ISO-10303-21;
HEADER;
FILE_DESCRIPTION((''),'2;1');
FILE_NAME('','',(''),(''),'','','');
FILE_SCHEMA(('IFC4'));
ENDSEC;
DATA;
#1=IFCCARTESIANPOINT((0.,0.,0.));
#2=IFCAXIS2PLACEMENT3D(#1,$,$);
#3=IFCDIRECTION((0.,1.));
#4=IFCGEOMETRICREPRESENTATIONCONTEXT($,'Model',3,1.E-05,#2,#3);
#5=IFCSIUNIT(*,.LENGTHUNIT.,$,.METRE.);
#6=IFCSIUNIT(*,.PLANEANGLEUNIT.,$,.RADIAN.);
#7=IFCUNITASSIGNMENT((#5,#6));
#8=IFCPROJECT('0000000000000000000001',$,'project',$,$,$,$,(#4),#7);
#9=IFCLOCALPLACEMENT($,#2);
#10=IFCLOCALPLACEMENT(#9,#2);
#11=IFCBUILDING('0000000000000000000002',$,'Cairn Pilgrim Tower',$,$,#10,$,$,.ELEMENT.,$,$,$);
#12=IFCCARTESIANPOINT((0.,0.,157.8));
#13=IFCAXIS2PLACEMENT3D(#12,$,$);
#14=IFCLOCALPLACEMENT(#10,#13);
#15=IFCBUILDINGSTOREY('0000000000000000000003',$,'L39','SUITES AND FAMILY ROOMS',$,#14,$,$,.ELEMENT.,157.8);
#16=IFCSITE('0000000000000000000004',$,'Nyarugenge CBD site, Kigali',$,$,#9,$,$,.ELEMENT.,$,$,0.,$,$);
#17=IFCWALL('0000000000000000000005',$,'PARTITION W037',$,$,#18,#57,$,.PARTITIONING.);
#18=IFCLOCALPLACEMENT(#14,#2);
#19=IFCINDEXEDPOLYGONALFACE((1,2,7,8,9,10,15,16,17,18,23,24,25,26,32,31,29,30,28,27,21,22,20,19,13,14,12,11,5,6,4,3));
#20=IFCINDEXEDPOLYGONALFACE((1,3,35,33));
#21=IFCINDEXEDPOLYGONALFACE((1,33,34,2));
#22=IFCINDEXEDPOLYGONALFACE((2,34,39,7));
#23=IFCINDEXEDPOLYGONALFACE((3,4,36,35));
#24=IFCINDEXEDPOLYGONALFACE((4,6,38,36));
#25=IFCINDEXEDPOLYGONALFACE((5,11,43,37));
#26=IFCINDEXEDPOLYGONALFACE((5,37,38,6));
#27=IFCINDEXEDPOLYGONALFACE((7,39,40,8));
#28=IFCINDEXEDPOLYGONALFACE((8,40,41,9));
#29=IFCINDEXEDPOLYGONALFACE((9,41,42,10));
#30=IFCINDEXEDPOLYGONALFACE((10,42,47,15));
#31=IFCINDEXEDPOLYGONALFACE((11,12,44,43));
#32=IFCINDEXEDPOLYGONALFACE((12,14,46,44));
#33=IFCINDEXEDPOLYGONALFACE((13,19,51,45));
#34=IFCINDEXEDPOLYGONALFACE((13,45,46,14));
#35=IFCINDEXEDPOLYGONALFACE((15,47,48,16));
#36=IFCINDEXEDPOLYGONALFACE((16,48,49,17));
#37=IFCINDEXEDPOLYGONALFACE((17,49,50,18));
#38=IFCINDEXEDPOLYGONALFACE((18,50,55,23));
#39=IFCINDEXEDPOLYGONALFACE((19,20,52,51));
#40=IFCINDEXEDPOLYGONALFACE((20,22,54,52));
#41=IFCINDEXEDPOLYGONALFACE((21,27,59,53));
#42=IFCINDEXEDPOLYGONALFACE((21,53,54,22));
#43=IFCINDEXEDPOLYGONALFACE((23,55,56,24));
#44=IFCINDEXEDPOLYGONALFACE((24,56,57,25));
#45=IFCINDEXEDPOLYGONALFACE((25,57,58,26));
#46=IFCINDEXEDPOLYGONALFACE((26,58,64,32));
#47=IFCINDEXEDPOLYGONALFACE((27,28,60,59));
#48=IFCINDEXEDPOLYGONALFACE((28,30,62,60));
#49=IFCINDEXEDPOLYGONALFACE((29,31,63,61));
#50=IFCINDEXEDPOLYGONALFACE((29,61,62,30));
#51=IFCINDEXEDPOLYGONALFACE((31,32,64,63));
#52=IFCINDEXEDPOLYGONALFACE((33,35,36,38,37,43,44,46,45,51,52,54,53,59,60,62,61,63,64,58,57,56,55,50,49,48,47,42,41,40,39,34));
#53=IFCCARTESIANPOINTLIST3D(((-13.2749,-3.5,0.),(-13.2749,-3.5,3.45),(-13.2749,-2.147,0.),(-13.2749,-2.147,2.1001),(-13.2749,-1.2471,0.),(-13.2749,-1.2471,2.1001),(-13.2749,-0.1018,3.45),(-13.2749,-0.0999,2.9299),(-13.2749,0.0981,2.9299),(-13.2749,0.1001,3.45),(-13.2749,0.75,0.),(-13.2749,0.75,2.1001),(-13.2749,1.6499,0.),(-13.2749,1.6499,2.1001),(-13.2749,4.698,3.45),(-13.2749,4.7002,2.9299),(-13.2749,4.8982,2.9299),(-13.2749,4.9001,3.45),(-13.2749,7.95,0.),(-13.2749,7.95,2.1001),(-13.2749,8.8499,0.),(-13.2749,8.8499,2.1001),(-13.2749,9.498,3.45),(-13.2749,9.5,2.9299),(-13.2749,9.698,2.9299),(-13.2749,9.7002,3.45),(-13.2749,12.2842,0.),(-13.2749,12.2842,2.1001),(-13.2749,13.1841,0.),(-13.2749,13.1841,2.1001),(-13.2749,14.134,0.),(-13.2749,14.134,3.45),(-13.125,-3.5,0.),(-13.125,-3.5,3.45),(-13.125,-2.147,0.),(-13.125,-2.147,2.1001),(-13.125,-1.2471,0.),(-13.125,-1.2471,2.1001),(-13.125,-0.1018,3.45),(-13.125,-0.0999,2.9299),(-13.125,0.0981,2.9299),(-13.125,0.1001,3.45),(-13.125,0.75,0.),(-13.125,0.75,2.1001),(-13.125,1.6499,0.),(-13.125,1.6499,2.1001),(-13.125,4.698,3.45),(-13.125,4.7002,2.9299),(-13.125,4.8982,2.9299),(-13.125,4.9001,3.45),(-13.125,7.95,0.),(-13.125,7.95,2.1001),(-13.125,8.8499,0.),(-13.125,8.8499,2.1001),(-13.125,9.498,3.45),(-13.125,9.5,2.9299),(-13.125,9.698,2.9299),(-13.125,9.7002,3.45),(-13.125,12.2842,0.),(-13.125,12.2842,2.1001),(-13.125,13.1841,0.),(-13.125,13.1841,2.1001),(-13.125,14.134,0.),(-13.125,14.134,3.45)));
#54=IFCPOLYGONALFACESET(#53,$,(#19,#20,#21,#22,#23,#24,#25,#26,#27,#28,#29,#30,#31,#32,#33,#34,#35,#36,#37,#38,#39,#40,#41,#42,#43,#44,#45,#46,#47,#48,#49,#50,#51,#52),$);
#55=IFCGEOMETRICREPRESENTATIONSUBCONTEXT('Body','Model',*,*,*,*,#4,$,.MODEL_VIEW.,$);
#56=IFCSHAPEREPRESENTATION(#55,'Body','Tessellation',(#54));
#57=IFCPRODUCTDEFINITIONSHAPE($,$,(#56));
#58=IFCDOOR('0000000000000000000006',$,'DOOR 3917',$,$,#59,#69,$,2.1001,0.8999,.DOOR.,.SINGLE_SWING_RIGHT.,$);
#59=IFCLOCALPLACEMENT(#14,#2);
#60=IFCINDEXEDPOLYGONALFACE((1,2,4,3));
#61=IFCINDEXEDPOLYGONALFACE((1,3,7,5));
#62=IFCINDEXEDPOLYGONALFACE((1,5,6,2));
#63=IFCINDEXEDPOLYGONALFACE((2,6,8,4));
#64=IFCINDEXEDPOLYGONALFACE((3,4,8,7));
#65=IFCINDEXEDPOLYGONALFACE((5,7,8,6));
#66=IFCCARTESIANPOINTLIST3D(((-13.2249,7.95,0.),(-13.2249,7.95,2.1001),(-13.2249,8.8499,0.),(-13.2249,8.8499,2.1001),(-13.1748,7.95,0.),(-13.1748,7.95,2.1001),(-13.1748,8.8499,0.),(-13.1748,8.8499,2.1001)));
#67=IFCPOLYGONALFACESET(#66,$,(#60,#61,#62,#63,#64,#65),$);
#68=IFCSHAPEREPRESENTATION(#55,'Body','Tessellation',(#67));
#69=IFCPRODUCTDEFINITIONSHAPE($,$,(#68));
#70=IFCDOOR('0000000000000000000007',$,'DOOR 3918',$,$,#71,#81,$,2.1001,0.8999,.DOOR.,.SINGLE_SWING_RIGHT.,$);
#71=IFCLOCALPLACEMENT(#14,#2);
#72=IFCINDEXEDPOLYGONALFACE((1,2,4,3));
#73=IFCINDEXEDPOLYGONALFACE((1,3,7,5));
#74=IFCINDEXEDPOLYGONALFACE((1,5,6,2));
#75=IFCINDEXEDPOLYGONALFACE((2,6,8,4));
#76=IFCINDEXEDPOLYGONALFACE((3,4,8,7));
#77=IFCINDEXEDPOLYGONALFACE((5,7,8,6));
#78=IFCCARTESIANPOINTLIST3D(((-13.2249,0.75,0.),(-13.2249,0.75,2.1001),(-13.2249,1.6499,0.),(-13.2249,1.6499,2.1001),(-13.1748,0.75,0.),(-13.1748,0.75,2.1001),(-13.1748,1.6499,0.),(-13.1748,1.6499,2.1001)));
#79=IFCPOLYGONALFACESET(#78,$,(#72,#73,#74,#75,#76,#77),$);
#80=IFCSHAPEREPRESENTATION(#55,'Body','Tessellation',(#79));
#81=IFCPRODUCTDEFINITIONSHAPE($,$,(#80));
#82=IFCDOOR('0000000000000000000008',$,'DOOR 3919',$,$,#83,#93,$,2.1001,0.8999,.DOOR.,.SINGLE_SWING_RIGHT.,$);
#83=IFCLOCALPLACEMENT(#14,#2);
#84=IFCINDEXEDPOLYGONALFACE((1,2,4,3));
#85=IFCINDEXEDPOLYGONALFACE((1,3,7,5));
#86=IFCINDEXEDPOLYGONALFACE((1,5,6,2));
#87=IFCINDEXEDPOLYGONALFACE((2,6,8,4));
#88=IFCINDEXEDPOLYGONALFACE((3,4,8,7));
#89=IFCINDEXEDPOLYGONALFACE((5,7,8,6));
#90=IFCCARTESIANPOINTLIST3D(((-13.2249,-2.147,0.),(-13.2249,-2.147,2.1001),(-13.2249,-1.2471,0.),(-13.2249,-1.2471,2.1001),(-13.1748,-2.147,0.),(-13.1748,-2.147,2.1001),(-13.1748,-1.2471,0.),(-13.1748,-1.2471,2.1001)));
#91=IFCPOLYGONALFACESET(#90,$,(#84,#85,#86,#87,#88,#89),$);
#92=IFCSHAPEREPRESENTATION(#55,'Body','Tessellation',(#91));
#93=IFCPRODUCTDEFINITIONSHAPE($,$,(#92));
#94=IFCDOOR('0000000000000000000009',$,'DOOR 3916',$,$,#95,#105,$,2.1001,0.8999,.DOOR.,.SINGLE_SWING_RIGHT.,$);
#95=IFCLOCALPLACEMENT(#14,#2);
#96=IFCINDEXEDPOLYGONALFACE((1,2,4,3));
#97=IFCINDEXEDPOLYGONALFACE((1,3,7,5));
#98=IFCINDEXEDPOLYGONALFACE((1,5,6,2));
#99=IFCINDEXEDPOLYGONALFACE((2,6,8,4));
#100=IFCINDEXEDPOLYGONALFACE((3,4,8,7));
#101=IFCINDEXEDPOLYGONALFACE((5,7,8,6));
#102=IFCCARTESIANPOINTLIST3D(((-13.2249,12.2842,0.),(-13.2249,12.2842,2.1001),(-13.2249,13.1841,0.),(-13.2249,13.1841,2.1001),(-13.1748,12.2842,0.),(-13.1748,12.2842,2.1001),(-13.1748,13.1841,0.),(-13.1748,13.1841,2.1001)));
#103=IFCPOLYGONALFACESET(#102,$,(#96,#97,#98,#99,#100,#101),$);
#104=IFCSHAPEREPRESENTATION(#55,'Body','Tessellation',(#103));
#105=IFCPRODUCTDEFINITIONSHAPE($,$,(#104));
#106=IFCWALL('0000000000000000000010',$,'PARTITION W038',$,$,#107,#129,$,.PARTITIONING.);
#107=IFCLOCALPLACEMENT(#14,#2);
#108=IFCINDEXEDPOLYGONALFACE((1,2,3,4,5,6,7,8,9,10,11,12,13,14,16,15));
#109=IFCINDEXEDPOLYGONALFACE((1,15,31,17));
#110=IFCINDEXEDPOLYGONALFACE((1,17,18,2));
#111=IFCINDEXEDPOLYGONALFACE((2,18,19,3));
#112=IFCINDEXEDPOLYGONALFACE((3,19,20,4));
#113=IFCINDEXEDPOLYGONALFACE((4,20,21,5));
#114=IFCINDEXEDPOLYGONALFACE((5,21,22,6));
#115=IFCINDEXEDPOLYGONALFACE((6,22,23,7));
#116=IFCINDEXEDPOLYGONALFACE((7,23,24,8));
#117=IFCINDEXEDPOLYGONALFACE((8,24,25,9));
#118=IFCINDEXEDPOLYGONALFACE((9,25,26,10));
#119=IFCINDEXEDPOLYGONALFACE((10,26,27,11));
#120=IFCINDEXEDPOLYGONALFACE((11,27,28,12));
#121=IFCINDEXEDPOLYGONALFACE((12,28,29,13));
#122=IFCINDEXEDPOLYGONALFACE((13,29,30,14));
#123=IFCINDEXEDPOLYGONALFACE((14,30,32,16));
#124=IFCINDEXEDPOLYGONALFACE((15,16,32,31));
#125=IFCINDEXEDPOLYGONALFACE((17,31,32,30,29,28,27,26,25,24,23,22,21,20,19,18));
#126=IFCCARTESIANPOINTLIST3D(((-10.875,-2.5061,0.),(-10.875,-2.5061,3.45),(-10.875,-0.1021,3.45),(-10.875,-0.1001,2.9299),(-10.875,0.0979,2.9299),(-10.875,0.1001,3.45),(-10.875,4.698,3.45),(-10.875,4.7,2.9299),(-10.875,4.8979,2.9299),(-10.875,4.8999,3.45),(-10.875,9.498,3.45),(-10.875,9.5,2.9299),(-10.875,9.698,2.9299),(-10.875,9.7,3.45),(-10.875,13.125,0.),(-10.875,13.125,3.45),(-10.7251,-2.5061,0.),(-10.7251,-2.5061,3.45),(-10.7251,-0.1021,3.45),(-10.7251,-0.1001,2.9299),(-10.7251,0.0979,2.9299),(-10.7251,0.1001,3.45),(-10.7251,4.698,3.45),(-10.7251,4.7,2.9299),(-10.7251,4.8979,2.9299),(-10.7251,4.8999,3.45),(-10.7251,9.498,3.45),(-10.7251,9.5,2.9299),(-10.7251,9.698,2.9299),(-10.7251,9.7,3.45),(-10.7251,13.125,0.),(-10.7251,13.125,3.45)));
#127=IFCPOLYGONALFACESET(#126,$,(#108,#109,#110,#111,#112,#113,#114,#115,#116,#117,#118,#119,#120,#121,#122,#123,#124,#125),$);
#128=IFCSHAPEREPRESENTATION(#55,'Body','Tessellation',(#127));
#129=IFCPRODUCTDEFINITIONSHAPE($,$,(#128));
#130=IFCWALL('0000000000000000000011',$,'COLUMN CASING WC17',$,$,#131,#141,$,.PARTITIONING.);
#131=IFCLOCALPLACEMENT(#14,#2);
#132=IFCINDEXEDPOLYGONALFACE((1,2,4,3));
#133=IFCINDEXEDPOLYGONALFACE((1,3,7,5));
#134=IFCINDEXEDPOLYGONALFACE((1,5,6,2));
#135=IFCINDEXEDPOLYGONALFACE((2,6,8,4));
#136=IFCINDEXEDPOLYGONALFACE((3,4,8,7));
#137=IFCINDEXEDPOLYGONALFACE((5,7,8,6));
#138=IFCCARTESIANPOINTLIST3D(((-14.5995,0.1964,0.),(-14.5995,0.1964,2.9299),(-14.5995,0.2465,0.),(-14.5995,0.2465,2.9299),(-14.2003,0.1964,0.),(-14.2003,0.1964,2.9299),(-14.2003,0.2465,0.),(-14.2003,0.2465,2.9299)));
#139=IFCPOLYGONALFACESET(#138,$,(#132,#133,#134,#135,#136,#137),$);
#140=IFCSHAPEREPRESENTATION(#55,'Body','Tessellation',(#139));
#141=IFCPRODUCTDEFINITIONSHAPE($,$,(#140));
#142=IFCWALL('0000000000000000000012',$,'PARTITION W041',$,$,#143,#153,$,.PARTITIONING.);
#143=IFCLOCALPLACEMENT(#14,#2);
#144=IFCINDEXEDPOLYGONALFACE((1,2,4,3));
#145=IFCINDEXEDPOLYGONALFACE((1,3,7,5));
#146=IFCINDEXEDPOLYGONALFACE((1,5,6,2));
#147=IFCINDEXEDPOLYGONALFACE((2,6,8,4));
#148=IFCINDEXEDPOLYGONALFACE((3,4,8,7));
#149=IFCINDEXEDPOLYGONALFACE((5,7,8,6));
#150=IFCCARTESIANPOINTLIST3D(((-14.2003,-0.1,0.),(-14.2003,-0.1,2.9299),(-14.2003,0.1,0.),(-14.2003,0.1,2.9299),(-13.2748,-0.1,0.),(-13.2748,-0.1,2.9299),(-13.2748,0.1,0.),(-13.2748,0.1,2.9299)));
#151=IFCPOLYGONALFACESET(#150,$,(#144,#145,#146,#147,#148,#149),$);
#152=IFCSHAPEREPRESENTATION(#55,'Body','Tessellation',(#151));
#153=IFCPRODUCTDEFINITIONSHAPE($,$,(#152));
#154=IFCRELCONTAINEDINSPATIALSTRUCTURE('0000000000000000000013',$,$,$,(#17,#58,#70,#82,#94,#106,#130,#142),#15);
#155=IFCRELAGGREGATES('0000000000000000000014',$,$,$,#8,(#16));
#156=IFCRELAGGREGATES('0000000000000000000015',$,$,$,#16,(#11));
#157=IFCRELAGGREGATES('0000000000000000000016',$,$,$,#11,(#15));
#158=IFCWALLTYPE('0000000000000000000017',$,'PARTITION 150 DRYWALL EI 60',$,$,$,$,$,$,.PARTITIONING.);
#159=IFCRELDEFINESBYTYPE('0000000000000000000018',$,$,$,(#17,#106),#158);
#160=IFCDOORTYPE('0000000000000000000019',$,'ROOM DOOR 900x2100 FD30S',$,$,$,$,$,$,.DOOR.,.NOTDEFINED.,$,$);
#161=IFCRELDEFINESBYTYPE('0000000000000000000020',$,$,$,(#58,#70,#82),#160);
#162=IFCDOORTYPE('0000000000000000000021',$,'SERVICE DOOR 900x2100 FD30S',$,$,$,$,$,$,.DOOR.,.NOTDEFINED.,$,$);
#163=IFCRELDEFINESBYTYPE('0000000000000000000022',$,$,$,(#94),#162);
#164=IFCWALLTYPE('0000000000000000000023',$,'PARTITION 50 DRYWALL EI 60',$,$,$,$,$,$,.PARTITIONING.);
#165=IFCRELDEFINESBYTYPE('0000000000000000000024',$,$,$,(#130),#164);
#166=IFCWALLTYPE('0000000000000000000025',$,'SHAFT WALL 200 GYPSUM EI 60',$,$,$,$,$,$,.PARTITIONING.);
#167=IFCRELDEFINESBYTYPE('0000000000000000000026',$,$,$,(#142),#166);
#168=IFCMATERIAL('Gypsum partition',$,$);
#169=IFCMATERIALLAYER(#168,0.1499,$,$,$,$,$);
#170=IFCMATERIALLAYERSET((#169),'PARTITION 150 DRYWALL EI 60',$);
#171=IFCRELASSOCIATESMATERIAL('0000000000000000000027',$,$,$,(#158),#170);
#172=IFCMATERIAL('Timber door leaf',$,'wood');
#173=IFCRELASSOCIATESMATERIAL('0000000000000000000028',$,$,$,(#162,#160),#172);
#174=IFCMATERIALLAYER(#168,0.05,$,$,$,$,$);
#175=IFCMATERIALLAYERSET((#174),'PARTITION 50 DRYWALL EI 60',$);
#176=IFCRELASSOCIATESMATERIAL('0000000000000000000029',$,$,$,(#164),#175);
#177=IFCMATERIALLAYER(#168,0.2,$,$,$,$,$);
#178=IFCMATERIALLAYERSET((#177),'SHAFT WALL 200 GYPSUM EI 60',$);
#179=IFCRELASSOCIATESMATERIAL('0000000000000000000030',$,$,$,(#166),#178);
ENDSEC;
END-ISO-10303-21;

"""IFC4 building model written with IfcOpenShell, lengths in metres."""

from ifc_helpers import new_model, si_unit, direction, frame, frame_2d, origin, place, context, subcontext, project, spatial, polyline, rectangle, outline, extrude, material, layer, layer_set, type_object, element, fill, save


model = new_model("IFC4")

# Units and contexts
model_context = context("Model", 3, precision=1e-05, world=origin(), true_north=direction((0.0, 1.0)))
body_context = subcontext(model_context, "Body", "Model", "MODEL_VIEW")
ifc_project = project(units=[si_unit("LENGTHUNIT", "METRE"), si_unit("PLANEANGLEUNIT", "RADIAN")], contexts=[model_context])

# Site, building, storey
site_placement = place(None, origin())
site = spatial("IfcSite", under=ifc_project, at=site_placement, Name="Nyarugenge CBD site, Kigali", CompositionType="ELEMENT", RefElevation=0.0)
building_placement = place(site_placement, origin())
building = spatial("IfcBuilding", under=site, at=building_placement, Name="Cairn Pilgrim Tower", CompositionType="ELEMENT")
storey_placement = place(building_placement, frame((0.0, 0.0, 157.8)))
storey = spatial("IfcBuildingStorey", under=building, at=storey_placement, Name="L39", Description="SUITES AND FAMILY ROOMS", CompositionType="ELEMENT", Elevation=157.8)

# Shared definitions
ifc_material_1 = material(Name="Gypsum partition")

# Shared definitions
ifc_material_2 = material(Name="Timber door leaf", Category="wood")

# Shared definitions
ifc_layer_1 = layer(ifc_material_1, 0.1499)
ifc_layer_set_1 = layer_set([ifc_layer_1], Name="PARTITION 150 DRYWALL EI 60")
wall_type_1 = type_object("IfcWallType", Name="PARTITION 150 DRYWALL EI 60", PredefinedType="PARTITIONING", material=ifc_layer_set_1)

# Shared definitions
door_type_1 = type_object("IfcDoorType", Name="SERVICE DOOR 900x2100 FD30S", OperationType="NOTDEFINED", PredefinedType="DOOR", material=ifc_material_2)

# Wall, openings, doors
wall_1_placement = place(storey_placement, frame((-13.2, -3.5, 0.0), z_axis=(0.0, 0.0, 1.0), x_axis=(0.0, 1.0, 0.0)))
wall_1 = element("IfcWall", 1, at=wall_1_placement, inside=storey, type_object=wall_type_1, Name="PARTITION W037", PredefinedType="PARTITIONING", context=body_context, shape_type="SweptSolid", body=[
    extrude(outline(polyline([(0.0, 0.0), (17.634, 0.0), (17.634, 3.45), (13.2002, 3.45), (13.198, 2.9299), (13.0, 2.9299), (12.998, 3.45), (8.4001, 3.45), (8.3982, 2.9299), (8.2002, 2.9299), (8.198, 3.45), (3.6001, 3.45), (3.5981, 2.9299), (3.4001, 2.9299), (3.3982, 3.45), (0.0, 3.45), (0.0, 0.0)])), frame((0.0, 0.075, 0.0), z_axis=(0.0, -1.0, 0.0), x_axis=(1.0, 0.0, 0.0)), (0.0, 0.0, 1.0), 0.1499),
])
opening_1_placement = place(wall_1_placement, frame((15.7842, 0.0, 0.0)))
opening_1 = element("IfcOpeningElement", 2, at=opening_1_placement, cuts=wall_1, PredefinedType="OPENING", context=body_context, shape_type="SweptSolid", body=[
    extrude(rectangle(XDim=0.8999, YDim=2.1001, at=frame_2d((0.45, 1.05))), frame((0.0, 0.085, 0.0), z_axis=(0.0, -1.0, 0.0), x_axis=(1.0, 0.0, 0.0)), (0.0, 0.0, 1.0), 0.1699),
])
opening_2_placement = place(wall_1_placement, frame((11.45, 0.0, 0.0)))
opening_2 = element("IfcOpeningElement", 3, at=opening_2_placement, cuts=wall_1, PredefinedType="OPENING", context=body_context, shape_type="SweptSolid", body=[
    extrude(rectangle(XDim=0.8999, YDim=2.1001, at=frame_2d((0.45, 1.05))), frame((0.0, 0.085, 0.0), z_axis=(0.0, -1.0, 0.0), x_axis=(1.0, 0.0, 0.0)), (0.0, 0.0, 1.0), 0.1699),
])
opening_3_placement = place(wall_1_placement, frame((4.25, 0.0, 0.0)))
opening_3 = element("IfcOpeningElement", 4, at=opening_3_placement, cuts=wall_1, PredefinedType="OPENING", context=body_context, shape_type="SweptSolid", body=[
    extrude(rectangle(XDim=0.8999, YDim=2.1001, at=frame_2d((0.45, 1.05))), frame((0.0, 0.085, 0.0), z_axis=(0.0, -1.0, 0.0), x_axis=(1.0, 0.0, 0.0)), (0.0, 0.0, 1.0), 0.1699),
])
opening_4_placement = place(wall_1_placement, frame((1.353, 0.0, 0.0)))
opening_4 = element("IfcOpeningElement", 5, at=opening_4_placement, cuts=wall_1, PredefinedType="OPENING", context=body_context, shape_type="SweptSolid", body=[
    extrude(rectangle(XDim=0.8999, YDim=2.1001, at=frame_2d((0.45, 1.05))), frame((0.0, 0.085, 0.0), z_axis=(0.0, -1.0, 0.0), x_axis=(1.0, 0.0, 0.0)), (0.0, 0.0, 1.0), 0.1699),
])
door_type_2 = type_object("IfcDoorType", Name="ROOM DOOR 900x2100 FD30S", OperationType="NOTDEFINED", PredefinedType="DOOR", material=ifc_material_2)
door_1_placement = place(opening_2_placement, origin())
door_1 = element("IfcDoor", 6, at=door_1_placement, inside=storey, type_object=door_type_2, Name="DOOR 3917", OperationType="SINGLE_SWING_RIGHT", OverallHeight=2.1001, OverallWidth=0.8999, PredefinedType="DOOR", context=body_context, shape_type="SweptSolid", body=[
    extrude(rectangle(XDim=0.8999, YDim=2.1001, at=frame_2d((0.45, 1.05))), frame((0.0, 0.0249, 0.0), z_axis=(0.0, -1.0, 0.0), x_axis=(1.0, 0.0, 0.0)), (0.0, 0.0, 1.0), 0.05),
])
fill(opening_2, door_1)
door_2_placement = place(opening_3_placement, origin())
door_2 = element("IfcDoor", 7, at=door_2_placement, inside=storey, type_object=door_type_2, Name="DOOR 3918", OperationType="SINGLE_SWING_RIGHT", OverallHeight=2.1001, OverallWidth=0.8999, PredefinedType="DOOR", context=body_context, shape_type="SweptSolid", body=[
    extrude(rectangle(XDim=0.8999, YDim=2.1001, at=frame_2d((0.45, 1.05))), frame((0.0, 0.0249, 0.0), z_axis=(0.0, -1.0, 0.0), x_axis=(1.0, 0.0, 0.0)), (0.0, 0.0, 1.0), 0.05),
])
fill(opening_3, door_2)
door_3_placement = place(opening_4_placement, origin())
door_3 = element("IfcDoor", 8, at=door_3_placement, inside=storey, type_object=door_type_2, Name="DOOR 3919", OperationType="SINGLE_SWING_RIGHT", OverallHeight=2.1001, OverallWidth=0.8999, PredefinedType="DOOR", context=body_context, shape_type="SweptSolid", body=[
    extrude(rectangle(XDim=0.8999, YDim=2.1001, at=frame_2d((0.45, 1.05))), frame((0.0, 0.0249, 0.0), z_axis=(0.0, -1.0, 0.0), x_axis=(1.0, 0.0, 0.0)), (0.0, 0.0, 1.0), 0.05),
])
fill(opening_4, door_3)
door_4_placement = place(opening_1_placement, origin())
door_4 = element("IfcDoor", 9, at=door_4_placement, inside=storey, type_object=door_type_1, Name="DOOR 3916", OperationType="SINGLE_SWING_RIGHT", OverallHeight=2.1001, OverallWidth=0.8999, PredefinedType="DOOR", context=body_context, shape_type="SweptSolid", body=[
    extrude(rectangle(XDim=0.8999, YDim=2.1001, at=frame_2d((0.45, 1.05))), frame((0.0, 0.0249, 0.0), z_axis=(0.0, -1.0, 0.0), x_axis=(1.0, 0.0, 0.0)), (0.0, 0.0, 1.0), 0.05),
])
fill(opening_1, door_4)

# Walls
wall_2_placement = place(storey_placement, frame((-10.8, -2.5061, 0.0), z_axis=(0.0, 0.0, 1.0), x_axis=(0.0, 1.0, 0.0)))
element("IfcWall", 10, at=wall_2_placement, inside=storey, type_object=wall_type_1, Name="PARTITION W038", PredefinedType="PARTITIONING", context=body_context, shape_type="SweptSolid", body=[
    extrude(outline(polyline([(0.0, 0.0), (15.6311, 0.0), (15.6311, 3.45), (12.2061, 3.45), (12.2041, 2.9299), (12.0061, 2.9299), (12.0042, 3.45), (7.406, 3.45), (7.4041, 2.9299), (7.2061, 2.9299), (7.2041, 3.45), (2.6062, 3.45), (2.604, 2.9299), (2.406, 2.9299), (2.4041, 3.45), (0.0, 3.45), (0.0, 0.0)])), frame((0.0, 0.075, 0.0), z_axis=(0.0, -1.0, 0.0), x_axis=(1.0, 0.0, 0.0)), (0.0, 0.0, 1.0), 0.1499),
])
ifc_layer_2 = layer(ifc_material_1, 0.05)
ifc_layer_set_2 = layer_set([ifc_layer_2], Name="PARTITION 50 DRYWALL EI 60")
wall_type_2 = type_object("IfcWallType", Name="PARTITION 50 DRYWALL EI 60", PredefinedType="PARTITIONING", material=ifc_layer_set_2)
wall_3_placement = place(storey_placement, frame((-14.5996, 0.2214, 0.0), z_axis=(0.0, 0.0, 1.0), x_axis=(1.0, 0.0, 0.0)))
element("IfcWall", 11, at=wall_3_placement, inside=storey, type_object=wall_type_2, Name="COLUMN CASING WC17", PredefinedType="PARTITIONING", context=body_context, shape_type="SweptSolid", body=[
    extrude(rectangle(XDim=0.3992, YDim=0.05, at=frame_2d((0.1997, 0.0))), origin(), (0.0, 0.0, 1.0), 2.9299),
])
ifc_layer_3 = layer(ifc_material_1, 0.2)
ifc_layer_set_3 = layer_set([ifc_layer_3], Name="SHAFT WALL 200 GYPSUM EI 60")
wall_type_3 = type_object("IfcWallType", Name="SHAFT WALL 200 GYPSUM EI 60", PredefinedType="PARTITIONING", material=ifc_layer_set_3)
wall_4_placement = place(storey_placement, frame((-14.2004, 0.0, 0.0), z_axis=(0.0, 0.0, 1.0), x_axis=(1.0, 0.0, 0.0)))
element("IfcWall", 12, at=wall_4_placement, inside=storey, type_object=wall_type_3, Name="PARTITION W041", PredefinedType="PARTITIONING", context=body_context, shape_type="SweptSolid", body=[
    extrude(rectangle(XDim=0.9255, YDim=0.2, at=frame_2d((0.4629, 0.0))), origin(), (0.0, 0.0, 1.0), 2.9299),
])

save(model, "model.ifc")
